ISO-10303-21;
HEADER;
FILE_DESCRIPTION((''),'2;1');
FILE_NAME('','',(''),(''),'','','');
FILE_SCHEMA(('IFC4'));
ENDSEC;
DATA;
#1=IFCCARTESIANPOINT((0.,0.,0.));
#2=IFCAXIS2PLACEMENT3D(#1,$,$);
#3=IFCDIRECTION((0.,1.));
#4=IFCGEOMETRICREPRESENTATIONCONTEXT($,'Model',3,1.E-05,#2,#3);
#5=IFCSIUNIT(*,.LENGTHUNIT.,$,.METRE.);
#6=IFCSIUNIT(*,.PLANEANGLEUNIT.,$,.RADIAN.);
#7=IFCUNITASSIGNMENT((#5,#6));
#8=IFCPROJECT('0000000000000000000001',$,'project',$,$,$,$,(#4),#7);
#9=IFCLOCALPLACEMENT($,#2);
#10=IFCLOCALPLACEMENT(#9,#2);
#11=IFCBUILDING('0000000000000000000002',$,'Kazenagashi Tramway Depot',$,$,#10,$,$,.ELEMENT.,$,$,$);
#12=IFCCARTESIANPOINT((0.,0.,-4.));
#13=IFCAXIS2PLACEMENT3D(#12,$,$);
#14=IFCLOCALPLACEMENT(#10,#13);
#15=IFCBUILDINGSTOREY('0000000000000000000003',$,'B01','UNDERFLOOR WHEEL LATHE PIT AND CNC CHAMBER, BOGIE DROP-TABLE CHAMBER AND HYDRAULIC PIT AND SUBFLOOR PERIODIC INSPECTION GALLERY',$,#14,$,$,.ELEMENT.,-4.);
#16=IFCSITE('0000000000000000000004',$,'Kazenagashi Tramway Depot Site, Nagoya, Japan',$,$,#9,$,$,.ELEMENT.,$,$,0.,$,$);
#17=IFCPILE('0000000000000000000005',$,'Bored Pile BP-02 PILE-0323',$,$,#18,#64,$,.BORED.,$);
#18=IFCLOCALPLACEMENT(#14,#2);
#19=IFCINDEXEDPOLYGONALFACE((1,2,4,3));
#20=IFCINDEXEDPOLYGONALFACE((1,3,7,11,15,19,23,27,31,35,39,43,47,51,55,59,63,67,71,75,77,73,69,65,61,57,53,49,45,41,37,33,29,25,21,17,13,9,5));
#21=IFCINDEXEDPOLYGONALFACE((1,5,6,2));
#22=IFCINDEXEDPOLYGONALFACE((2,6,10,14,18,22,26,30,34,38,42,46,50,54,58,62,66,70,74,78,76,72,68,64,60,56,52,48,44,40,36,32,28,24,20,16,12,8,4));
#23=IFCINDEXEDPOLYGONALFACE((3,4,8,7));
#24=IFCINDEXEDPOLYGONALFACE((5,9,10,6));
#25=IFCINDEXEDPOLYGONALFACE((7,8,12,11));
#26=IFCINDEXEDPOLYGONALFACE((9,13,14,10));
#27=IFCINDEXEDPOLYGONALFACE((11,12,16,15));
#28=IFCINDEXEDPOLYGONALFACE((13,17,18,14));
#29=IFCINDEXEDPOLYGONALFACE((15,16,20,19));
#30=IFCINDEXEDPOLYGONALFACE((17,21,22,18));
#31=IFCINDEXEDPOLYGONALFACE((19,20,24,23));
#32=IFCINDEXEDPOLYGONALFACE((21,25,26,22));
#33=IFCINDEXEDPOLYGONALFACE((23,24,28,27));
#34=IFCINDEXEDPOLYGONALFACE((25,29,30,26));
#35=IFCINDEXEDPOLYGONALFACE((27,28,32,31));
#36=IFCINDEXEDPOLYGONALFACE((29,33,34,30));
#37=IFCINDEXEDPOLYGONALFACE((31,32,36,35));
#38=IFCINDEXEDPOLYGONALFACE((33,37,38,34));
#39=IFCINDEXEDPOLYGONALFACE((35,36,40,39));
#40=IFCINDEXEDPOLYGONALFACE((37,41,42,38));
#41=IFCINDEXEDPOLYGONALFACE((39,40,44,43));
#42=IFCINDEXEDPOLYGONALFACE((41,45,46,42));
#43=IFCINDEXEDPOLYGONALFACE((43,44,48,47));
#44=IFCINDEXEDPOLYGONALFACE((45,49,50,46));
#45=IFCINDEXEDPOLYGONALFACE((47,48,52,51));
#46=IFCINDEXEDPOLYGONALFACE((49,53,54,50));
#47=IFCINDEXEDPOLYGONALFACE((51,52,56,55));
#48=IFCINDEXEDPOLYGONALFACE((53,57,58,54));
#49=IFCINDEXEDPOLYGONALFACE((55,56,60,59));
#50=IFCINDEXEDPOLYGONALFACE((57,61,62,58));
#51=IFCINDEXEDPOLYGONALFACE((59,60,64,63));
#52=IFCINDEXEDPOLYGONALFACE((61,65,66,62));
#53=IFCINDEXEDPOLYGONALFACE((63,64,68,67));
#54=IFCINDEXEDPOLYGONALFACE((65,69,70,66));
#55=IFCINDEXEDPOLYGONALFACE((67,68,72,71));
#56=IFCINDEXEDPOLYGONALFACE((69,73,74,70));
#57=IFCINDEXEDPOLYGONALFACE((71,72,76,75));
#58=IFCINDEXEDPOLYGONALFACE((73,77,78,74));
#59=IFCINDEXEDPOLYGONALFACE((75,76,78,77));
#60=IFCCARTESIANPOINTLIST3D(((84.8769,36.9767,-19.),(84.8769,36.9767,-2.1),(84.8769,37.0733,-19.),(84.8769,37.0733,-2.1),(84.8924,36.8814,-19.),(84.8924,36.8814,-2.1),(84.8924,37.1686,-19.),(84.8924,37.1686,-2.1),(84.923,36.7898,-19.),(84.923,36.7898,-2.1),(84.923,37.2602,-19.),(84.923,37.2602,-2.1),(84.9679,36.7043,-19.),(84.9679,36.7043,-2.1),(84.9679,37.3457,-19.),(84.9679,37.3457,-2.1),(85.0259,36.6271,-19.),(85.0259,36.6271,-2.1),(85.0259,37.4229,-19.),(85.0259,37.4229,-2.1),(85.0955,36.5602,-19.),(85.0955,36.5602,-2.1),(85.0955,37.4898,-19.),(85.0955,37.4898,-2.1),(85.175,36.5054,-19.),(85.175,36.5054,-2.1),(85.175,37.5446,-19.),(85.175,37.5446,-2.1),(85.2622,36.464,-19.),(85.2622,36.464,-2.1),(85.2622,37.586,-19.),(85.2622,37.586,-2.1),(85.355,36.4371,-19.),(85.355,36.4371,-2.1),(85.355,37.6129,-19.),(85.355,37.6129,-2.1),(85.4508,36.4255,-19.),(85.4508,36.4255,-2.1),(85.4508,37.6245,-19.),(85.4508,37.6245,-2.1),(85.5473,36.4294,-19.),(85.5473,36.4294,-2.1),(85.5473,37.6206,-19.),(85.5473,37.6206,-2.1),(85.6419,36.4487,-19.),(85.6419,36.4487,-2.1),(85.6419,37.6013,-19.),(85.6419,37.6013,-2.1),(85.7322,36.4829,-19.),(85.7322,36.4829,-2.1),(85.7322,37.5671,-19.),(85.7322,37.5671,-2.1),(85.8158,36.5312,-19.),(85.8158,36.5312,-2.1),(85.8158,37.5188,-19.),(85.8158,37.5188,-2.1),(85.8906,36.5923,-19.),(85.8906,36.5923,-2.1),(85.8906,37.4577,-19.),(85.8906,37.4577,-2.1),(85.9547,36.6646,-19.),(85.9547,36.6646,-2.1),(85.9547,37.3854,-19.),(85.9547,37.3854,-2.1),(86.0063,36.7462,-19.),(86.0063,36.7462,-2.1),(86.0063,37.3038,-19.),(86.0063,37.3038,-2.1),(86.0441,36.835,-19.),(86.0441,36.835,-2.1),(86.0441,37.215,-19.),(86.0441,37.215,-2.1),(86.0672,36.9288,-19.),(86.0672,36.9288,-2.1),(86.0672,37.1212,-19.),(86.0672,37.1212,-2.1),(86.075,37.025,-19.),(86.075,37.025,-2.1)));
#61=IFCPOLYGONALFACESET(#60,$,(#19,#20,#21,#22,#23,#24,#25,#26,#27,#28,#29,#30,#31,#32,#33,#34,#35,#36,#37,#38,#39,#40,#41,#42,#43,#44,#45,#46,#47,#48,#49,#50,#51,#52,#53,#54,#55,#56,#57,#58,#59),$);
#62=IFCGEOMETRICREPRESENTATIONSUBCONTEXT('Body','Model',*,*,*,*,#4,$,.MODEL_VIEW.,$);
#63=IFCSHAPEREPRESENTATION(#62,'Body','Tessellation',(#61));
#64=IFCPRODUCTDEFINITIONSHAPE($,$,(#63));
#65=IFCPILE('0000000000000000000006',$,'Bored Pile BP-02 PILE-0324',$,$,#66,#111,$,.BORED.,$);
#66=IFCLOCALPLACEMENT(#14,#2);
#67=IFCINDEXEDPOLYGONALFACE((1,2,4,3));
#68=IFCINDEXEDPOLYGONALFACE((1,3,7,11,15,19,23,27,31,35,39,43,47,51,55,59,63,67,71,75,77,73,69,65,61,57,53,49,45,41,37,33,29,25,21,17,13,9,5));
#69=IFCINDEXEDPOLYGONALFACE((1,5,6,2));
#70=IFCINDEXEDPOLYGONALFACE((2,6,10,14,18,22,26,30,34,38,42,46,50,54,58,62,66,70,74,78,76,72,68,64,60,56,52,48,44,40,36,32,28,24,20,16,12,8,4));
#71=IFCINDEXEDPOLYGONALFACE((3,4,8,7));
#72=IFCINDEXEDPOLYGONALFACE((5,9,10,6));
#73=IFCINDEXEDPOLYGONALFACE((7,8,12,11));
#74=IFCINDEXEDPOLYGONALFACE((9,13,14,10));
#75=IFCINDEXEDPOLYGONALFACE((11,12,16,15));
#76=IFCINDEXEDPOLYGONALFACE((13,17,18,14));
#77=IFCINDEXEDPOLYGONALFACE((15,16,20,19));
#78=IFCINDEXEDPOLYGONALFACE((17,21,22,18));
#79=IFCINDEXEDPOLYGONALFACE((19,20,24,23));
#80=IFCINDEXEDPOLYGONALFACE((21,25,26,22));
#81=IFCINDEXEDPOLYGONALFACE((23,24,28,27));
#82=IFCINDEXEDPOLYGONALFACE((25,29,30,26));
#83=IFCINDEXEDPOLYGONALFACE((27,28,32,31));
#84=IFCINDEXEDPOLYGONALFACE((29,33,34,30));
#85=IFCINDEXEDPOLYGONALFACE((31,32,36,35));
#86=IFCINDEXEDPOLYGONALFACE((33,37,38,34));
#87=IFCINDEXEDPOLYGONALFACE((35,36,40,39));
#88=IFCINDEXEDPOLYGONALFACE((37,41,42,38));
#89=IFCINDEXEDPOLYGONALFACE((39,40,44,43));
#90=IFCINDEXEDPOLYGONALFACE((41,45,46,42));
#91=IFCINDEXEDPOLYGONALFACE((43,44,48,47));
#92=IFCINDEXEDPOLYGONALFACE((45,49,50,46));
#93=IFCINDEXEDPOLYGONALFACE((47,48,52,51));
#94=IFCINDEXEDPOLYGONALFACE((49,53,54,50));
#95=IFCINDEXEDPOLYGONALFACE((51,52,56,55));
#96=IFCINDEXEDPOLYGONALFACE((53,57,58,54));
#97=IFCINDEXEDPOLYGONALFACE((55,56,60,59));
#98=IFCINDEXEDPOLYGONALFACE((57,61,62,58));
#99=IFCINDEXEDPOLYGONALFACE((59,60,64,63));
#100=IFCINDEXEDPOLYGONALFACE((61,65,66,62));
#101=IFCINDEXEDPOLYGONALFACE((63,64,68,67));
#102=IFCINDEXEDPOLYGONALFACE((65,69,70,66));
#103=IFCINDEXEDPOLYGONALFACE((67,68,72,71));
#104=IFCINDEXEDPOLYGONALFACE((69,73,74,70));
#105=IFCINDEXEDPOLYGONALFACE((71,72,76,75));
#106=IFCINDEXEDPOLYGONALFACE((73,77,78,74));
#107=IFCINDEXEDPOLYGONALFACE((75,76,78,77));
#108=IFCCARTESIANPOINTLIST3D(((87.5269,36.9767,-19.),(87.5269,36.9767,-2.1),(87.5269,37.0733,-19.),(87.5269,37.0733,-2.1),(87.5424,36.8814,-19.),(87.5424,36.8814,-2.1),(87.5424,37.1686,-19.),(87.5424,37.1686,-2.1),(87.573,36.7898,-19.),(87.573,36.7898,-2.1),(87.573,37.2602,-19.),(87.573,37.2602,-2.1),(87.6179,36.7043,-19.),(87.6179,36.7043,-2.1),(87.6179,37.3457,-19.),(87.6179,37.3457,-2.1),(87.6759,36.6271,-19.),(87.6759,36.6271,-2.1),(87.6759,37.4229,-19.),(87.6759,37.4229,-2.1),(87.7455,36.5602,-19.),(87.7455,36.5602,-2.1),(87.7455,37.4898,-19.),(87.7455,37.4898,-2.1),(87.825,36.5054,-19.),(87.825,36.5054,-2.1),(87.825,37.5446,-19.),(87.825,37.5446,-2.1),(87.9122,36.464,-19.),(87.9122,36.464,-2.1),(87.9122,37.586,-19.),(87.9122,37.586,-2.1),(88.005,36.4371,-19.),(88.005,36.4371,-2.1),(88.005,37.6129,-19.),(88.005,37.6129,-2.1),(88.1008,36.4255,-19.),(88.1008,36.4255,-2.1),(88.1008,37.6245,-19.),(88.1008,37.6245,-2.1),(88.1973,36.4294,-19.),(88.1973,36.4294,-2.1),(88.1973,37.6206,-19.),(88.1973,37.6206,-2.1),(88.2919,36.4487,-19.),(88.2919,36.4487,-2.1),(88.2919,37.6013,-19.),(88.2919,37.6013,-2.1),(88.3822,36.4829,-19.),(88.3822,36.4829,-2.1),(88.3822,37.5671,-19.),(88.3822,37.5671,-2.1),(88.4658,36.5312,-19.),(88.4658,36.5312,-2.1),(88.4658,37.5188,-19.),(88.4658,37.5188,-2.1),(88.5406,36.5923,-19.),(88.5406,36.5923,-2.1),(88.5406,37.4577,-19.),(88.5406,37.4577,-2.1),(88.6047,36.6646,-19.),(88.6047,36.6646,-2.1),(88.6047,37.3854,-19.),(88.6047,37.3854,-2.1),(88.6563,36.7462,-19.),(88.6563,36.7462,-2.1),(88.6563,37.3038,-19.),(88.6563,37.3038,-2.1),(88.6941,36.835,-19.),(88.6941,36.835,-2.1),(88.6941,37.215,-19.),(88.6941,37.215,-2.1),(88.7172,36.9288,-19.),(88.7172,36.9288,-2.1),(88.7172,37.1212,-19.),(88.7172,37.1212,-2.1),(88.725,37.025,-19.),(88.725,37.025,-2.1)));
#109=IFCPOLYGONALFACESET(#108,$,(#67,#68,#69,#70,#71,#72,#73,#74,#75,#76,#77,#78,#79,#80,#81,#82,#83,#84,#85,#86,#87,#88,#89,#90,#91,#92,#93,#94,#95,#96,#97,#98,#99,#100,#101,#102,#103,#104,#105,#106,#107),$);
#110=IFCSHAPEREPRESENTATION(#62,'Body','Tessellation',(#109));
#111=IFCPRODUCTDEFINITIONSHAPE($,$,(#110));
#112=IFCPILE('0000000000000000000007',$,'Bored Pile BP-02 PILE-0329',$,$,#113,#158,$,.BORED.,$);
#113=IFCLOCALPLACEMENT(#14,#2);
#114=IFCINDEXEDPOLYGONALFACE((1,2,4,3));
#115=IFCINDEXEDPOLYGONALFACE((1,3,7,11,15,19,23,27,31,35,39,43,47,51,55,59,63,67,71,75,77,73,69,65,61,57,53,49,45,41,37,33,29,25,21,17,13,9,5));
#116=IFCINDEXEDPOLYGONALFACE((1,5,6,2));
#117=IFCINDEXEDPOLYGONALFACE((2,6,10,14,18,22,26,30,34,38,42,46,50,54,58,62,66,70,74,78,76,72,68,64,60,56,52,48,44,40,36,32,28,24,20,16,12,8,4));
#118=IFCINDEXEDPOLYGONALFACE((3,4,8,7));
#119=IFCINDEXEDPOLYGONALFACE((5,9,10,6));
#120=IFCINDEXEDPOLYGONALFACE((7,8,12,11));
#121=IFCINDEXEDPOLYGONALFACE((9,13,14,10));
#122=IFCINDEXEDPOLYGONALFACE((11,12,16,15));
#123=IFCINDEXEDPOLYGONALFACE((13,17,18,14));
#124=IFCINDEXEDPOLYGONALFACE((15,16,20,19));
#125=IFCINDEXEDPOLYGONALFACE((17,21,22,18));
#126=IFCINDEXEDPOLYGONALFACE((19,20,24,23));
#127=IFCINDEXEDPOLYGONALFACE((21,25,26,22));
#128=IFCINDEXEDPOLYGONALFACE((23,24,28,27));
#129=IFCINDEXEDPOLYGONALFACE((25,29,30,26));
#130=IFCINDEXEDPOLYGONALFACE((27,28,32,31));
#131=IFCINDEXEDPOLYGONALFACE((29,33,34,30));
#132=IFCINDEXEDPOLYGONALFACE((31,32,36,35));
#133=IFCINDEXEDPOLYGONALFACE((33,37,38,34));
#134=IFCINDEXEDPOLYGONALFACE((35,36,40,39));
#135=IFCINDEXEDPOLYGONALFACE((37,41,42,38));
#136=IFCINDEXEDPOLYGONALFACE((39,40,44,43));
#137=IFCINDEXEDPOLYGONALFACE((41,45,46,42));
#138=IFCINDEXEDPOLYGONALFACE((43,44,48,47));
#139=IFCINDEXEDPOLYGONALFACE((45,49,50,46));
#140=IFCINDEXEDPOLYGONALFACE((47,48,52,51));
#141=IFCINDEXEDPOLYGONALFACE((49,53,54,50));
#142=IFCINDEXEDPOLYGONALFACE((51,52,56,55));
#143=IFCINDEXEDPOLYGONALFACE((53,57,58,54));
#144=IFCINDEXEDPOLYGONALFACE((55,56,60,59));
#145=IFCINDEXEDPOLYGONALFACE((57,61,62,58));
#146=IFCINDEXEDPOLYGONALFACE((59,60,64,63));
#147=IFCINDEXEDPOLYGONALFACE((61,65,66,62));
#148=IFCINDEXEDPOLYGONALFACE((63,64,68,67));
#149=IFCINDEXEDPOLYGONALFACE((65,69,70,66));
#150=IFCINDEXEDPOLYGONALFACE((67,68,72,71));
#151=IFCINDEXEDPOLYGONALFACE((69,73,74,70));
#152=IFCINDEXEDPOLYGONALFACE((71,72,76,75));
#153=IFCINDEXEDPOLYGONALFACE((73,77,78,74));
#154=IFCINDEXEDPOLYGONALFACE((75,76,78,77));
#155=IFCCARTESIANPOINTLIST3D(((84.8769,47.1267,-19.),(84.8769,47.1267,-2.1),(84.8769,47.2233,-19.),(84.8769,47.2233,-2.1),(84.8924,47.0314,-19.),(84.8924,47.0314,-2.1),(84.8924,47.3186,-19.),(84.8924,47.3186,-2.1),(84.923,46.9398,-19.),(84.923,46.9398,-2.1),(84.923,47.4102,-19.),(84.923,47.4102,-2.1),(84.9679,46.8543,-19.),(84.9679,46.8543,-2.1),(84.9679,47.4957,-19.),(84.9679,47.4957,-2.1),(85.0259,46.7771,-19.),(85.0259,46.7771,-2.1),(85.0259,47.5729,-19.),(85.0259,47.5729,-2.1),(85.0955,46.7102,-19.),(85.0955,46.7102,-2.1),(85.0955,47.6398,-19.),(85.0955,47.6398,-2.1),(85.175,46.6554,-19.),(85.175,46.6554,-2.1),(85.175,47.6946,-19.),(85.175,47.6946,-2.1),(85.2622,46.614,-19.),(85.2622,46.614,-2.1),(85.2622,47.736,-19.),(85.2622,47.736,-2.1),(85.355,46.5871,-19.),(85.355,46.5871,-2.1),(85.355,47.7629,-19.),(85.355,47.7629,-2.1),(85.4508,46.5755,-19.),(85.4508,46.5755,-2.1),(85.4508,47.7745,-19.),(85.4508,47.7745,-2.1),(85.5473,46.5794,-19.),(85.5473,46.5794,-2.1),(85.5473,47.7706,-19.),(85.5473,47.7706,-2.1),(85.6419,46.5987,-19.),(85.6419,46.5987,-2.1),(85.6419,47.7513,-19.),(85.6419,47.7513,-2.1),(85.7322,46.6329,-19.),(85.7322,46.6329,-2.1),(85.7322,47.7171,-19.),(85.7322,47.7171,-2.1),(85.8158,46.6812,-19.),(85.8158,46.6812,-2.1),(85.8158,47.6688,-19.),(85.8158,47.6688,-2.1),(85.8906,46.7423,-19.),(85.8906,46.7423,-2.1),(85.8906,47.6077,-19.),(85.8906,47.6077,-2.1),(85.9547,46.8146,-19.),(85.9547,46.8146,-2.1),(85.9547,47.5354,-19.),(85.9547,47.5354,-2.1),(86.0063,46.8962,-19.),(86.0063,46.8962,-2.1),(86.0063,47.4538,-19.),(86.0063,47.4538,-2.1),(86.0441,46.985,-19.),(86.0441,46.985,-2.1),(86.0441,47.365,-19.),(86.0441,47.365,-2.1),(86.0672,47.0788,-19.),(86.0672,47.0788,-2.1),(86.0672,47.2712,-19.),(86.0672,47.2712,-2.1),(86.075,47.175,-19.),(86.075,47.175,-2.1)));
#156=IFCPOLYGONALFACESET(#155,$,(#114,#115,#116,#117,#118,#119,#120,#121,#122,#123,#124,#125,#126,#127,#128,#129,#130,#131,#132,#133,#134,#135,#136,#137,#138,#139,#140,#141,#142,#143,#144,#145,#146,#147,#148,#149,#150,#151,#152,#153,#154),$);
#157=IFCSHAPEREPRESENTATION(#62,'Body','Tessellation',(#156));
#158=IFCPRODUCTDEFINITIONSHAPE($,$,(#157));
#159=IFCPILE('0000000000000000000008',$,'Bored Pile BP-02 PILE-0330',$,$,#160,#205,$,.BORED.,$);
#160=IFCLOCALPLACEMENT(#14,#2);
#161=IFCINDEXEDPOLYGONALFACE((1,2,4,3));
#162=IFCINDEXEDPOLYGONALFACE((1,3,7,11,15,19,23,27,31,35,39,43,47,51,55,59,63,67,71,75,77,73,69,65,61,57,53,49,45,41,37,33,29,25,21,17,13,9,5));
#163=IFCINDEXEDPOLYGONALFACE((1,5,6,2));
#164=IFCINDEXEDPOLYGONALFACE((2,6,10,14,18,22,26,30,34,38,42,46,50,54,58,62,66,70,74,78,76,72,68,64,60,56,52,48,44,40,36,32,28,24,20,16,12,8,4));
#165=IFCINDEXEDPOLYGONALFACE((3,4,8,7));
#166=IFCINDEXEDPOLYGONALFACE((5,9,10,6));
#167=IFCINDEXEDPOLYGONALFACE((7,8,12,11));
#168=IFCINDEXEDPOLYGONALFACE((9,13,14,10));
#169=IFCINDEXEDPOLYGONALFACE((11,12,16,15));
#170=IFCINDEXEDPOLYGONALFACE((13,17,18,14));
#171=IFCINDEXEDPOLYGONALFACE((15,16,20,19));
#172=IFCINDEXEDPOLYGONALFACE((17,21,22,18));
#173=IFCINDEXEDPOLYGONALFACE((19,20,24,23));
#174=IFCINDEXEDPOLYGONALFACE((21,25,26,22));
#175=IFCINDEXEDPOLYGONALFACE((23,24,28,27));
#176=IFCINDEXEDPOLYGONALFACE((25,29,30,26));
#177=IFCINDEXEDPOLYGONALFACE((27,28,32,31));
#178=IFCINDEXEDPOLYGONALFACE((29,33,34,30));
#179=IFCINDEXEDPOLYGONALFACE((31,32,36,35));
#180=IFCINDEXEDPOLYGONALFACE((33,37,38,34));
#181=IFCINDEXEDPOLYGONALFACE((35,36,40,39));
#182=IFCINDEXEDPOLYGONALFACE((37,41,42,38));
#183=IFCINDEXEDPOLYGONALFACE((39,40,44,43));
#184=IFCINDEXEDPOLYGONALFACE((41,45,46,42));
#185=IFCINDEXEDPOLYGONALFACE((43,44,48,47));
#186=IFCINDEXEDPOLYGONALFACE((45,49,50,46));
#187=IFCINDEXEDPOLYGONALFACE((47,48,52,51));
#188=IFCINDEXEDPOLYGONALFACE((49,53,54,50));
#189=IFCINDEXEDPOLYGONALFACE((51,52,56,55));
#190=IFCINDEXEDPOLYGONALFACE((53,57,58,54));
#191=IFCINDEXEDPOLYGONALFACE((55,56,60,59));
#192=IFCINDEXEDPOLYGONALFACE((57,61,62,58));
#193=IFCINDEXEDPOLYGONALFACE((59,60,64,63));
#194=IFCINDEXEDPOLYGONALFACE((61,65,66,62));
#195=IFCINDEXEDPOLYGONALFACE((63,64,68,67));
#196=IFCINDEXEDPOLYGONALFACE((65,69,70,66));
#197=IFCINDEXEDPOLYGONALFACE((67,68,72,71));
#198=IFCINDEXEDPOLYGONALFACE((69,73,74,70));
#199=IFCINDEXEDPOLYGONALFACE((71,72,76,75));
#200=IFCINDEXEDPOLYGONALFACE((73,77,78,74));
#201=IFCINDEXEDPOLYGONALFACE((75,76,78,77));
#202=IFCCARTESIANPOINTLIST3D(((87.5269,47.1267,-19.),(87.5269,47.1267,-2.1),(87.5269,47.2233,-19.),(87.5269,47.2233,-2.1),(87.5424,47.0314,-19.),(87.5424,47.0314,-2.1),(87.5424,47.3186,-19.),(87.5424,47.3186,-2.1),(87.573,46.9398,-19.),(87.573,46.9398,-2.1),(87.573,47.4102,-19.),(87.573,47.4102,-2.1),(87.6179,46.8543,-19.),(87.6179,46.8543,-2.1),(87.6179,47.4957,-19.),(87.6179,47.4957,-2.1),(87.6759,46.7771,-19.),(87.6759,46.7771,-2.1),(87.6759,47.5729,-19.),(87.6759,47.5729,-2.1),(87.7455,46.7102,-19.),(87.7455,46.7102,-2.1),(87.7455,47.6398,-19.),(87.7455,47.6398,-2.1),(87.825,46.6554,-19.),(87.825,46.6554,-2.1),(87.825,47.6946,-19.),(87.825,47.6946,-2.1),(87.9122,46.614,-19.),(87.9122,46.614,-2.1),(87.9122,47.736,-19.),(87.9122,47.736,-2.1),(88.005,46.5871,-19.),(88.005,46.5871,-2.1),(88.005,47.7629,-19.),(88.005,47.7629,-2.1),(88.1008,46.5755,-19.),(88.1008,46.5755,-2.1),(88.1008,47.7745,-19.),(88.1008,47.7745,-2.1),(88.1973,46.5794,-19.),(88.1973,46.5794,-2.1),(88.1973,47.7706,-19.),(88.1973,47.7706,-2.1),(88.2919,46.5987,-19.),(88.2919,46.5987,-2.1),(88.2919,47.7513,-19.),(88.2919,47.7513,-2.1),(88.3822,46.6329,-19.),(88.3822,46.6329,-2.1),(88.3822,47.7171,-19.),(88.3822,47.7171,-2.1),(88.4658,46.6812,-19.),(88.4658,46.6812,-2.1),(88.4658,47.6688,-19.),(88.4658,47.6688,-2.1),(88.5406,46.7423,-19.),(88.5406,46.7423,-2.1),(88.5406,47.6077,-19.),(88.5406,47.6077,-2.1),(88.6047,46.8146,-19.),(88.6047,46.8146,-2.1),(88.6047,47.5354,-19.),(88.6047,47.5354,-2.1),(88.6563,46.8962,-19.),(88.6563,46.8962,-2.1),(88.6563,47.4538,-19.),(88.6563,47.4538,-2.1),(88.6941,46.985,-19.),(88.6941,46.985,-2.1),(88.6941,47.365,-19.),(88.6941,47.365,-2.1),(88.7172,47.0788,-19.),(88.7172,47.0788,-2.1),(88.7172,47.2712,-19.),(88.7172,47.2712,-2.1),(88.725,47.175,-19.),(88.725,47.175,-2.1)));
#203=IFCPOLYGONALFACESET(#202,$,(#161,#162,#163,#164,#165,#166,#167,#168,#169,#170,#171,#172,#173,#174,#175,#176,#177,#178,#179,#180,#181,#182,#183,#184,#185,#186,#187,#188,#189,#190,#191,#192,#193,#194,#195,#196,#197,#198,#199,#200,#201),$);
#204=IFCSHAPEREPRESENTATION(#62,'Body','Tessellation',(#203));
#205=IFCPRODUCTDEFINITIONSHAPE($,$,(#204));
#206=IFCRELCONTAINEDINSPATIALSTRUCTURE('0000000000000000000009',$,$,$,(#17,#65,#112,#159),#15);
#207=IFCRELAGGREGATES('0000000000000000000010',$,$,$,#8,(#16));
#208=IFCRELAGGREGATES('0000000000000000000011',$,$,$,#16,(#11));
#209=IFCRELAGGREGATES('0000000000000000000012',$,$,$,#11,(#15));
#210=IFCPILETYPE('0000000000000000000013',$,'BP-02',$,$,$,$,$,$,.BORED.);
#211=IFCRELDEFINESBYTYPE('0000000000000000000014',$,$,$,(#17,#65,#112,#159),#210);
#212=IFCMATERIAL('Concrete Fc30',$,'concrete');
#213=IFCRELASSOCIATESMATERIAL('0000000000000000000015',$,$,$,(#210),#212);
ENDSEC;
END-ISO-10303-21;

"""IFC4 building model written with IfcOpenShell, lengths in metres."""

from ifc_helpers import new_model, si_unit, direction, frame, origin, origin_2d, place, context, subcontext, project, spatial, circle, extrude, material, material_profile, profile_set, type_object, element, save


model = new_model("IFC4")

# Units and contexts
model_context = context("Model", 3, precision=1e-05, world=origin(), true_north=direction((0.0, 1.0)))
body_context = subcontext(model_context, "Body", "Model", "MODEL_VIEW")
ifc_project = project(units=[si_unit("LENGTHUNIT", "METRE"), si_unit("PLANEANGLEUNIT", "RADIAN")], contexts=[model_context])

# Site, building, storey
site_placement = place(None, origin())
site = spatial("IfcSite", under=ifc_project, at=site_placement, Name="Kazenagashi Tramway Depot Site, Nagoya, Japan", CompositionType="ELEMENT", RefElevation=0.0)
building_placement = place(site_placement, origin())
building = spatial("IfcBuilding", under=site, at=building_placement, Name="Kazenagashi Tramway Depot", CompositionType="ELEMENT")
storey_placement = place(building_placement, frame((0.0, 0.0, -4.0)))
storey = spatial("IfcBuildingStorey", under=building, at=storey_placement, Name="B01", Description="UNDERFLOOR WHEEL LATHE PIT AND CNC CHAMBER, BOGIE DROP-TABLE CHAMBER AND HYDRAULIC PIT AND SUBFLOOR PERIODIC INSPECTION GALLERY", CompositionType="ELEMENT", Elevation=-4.0)

# Piles
ifc_material_1 = material(Name="Concrete Fc30", Category="concrete")
ifc_material_profile_1 = material_profile(ifc_material_1, circle(Radius=0.6, at=origin_2d()), Name="PILE-1200")
ifc_profile_set_1 = profile_set([ifc_material_profile_1], Name="Concrete Fc30")
pile_type = type_object("IfcPileType", Name="BP-02", PredefinedType="BORED", material=ifc_profile_set_1)
for number, where, z_axis, x_axis, name in (
    (1, (85.475, 37.025, -2.1), (0.0, 0.0, -1.0), (1.0, 0.0, 0.0), "Bored Pile BP-02 PILE-0323"),
    (2, (88.125, 37.025, -2.1), (0.0, 0.0, -1.0), (1.0, 0.0, 0.0), "Bored Pile BP-02 PILE-0324"),
    (3, (85.475, 47.175, -2.1), (0.0, 0.0, -1.0), (1.0, 0.0, 0.0), "Bored Pile BP-02 PILE-0329"),
    (4, (88.125, 47.175, -2.1), (0.0, 0.0, -1.0), (1.0, 0.0, 0.0), "Bored Pile BP-02 PILE-0330"),
):
    element("IfcPile", number, at=place(storey_placement, frame(where, z_axis=z_axis, x_axis=x_axis)), inside=storey, type_object=pile_type, Name=name, PredefinedType="BORED", context=body_context, shape_type="SweptSolid", body=[
        extrude(circle(Radius=0.6, at=origin_2d()), origin(), (0.0, 0.0, 1.0), 16.9),
    ])

save(model, "model.ifc")
